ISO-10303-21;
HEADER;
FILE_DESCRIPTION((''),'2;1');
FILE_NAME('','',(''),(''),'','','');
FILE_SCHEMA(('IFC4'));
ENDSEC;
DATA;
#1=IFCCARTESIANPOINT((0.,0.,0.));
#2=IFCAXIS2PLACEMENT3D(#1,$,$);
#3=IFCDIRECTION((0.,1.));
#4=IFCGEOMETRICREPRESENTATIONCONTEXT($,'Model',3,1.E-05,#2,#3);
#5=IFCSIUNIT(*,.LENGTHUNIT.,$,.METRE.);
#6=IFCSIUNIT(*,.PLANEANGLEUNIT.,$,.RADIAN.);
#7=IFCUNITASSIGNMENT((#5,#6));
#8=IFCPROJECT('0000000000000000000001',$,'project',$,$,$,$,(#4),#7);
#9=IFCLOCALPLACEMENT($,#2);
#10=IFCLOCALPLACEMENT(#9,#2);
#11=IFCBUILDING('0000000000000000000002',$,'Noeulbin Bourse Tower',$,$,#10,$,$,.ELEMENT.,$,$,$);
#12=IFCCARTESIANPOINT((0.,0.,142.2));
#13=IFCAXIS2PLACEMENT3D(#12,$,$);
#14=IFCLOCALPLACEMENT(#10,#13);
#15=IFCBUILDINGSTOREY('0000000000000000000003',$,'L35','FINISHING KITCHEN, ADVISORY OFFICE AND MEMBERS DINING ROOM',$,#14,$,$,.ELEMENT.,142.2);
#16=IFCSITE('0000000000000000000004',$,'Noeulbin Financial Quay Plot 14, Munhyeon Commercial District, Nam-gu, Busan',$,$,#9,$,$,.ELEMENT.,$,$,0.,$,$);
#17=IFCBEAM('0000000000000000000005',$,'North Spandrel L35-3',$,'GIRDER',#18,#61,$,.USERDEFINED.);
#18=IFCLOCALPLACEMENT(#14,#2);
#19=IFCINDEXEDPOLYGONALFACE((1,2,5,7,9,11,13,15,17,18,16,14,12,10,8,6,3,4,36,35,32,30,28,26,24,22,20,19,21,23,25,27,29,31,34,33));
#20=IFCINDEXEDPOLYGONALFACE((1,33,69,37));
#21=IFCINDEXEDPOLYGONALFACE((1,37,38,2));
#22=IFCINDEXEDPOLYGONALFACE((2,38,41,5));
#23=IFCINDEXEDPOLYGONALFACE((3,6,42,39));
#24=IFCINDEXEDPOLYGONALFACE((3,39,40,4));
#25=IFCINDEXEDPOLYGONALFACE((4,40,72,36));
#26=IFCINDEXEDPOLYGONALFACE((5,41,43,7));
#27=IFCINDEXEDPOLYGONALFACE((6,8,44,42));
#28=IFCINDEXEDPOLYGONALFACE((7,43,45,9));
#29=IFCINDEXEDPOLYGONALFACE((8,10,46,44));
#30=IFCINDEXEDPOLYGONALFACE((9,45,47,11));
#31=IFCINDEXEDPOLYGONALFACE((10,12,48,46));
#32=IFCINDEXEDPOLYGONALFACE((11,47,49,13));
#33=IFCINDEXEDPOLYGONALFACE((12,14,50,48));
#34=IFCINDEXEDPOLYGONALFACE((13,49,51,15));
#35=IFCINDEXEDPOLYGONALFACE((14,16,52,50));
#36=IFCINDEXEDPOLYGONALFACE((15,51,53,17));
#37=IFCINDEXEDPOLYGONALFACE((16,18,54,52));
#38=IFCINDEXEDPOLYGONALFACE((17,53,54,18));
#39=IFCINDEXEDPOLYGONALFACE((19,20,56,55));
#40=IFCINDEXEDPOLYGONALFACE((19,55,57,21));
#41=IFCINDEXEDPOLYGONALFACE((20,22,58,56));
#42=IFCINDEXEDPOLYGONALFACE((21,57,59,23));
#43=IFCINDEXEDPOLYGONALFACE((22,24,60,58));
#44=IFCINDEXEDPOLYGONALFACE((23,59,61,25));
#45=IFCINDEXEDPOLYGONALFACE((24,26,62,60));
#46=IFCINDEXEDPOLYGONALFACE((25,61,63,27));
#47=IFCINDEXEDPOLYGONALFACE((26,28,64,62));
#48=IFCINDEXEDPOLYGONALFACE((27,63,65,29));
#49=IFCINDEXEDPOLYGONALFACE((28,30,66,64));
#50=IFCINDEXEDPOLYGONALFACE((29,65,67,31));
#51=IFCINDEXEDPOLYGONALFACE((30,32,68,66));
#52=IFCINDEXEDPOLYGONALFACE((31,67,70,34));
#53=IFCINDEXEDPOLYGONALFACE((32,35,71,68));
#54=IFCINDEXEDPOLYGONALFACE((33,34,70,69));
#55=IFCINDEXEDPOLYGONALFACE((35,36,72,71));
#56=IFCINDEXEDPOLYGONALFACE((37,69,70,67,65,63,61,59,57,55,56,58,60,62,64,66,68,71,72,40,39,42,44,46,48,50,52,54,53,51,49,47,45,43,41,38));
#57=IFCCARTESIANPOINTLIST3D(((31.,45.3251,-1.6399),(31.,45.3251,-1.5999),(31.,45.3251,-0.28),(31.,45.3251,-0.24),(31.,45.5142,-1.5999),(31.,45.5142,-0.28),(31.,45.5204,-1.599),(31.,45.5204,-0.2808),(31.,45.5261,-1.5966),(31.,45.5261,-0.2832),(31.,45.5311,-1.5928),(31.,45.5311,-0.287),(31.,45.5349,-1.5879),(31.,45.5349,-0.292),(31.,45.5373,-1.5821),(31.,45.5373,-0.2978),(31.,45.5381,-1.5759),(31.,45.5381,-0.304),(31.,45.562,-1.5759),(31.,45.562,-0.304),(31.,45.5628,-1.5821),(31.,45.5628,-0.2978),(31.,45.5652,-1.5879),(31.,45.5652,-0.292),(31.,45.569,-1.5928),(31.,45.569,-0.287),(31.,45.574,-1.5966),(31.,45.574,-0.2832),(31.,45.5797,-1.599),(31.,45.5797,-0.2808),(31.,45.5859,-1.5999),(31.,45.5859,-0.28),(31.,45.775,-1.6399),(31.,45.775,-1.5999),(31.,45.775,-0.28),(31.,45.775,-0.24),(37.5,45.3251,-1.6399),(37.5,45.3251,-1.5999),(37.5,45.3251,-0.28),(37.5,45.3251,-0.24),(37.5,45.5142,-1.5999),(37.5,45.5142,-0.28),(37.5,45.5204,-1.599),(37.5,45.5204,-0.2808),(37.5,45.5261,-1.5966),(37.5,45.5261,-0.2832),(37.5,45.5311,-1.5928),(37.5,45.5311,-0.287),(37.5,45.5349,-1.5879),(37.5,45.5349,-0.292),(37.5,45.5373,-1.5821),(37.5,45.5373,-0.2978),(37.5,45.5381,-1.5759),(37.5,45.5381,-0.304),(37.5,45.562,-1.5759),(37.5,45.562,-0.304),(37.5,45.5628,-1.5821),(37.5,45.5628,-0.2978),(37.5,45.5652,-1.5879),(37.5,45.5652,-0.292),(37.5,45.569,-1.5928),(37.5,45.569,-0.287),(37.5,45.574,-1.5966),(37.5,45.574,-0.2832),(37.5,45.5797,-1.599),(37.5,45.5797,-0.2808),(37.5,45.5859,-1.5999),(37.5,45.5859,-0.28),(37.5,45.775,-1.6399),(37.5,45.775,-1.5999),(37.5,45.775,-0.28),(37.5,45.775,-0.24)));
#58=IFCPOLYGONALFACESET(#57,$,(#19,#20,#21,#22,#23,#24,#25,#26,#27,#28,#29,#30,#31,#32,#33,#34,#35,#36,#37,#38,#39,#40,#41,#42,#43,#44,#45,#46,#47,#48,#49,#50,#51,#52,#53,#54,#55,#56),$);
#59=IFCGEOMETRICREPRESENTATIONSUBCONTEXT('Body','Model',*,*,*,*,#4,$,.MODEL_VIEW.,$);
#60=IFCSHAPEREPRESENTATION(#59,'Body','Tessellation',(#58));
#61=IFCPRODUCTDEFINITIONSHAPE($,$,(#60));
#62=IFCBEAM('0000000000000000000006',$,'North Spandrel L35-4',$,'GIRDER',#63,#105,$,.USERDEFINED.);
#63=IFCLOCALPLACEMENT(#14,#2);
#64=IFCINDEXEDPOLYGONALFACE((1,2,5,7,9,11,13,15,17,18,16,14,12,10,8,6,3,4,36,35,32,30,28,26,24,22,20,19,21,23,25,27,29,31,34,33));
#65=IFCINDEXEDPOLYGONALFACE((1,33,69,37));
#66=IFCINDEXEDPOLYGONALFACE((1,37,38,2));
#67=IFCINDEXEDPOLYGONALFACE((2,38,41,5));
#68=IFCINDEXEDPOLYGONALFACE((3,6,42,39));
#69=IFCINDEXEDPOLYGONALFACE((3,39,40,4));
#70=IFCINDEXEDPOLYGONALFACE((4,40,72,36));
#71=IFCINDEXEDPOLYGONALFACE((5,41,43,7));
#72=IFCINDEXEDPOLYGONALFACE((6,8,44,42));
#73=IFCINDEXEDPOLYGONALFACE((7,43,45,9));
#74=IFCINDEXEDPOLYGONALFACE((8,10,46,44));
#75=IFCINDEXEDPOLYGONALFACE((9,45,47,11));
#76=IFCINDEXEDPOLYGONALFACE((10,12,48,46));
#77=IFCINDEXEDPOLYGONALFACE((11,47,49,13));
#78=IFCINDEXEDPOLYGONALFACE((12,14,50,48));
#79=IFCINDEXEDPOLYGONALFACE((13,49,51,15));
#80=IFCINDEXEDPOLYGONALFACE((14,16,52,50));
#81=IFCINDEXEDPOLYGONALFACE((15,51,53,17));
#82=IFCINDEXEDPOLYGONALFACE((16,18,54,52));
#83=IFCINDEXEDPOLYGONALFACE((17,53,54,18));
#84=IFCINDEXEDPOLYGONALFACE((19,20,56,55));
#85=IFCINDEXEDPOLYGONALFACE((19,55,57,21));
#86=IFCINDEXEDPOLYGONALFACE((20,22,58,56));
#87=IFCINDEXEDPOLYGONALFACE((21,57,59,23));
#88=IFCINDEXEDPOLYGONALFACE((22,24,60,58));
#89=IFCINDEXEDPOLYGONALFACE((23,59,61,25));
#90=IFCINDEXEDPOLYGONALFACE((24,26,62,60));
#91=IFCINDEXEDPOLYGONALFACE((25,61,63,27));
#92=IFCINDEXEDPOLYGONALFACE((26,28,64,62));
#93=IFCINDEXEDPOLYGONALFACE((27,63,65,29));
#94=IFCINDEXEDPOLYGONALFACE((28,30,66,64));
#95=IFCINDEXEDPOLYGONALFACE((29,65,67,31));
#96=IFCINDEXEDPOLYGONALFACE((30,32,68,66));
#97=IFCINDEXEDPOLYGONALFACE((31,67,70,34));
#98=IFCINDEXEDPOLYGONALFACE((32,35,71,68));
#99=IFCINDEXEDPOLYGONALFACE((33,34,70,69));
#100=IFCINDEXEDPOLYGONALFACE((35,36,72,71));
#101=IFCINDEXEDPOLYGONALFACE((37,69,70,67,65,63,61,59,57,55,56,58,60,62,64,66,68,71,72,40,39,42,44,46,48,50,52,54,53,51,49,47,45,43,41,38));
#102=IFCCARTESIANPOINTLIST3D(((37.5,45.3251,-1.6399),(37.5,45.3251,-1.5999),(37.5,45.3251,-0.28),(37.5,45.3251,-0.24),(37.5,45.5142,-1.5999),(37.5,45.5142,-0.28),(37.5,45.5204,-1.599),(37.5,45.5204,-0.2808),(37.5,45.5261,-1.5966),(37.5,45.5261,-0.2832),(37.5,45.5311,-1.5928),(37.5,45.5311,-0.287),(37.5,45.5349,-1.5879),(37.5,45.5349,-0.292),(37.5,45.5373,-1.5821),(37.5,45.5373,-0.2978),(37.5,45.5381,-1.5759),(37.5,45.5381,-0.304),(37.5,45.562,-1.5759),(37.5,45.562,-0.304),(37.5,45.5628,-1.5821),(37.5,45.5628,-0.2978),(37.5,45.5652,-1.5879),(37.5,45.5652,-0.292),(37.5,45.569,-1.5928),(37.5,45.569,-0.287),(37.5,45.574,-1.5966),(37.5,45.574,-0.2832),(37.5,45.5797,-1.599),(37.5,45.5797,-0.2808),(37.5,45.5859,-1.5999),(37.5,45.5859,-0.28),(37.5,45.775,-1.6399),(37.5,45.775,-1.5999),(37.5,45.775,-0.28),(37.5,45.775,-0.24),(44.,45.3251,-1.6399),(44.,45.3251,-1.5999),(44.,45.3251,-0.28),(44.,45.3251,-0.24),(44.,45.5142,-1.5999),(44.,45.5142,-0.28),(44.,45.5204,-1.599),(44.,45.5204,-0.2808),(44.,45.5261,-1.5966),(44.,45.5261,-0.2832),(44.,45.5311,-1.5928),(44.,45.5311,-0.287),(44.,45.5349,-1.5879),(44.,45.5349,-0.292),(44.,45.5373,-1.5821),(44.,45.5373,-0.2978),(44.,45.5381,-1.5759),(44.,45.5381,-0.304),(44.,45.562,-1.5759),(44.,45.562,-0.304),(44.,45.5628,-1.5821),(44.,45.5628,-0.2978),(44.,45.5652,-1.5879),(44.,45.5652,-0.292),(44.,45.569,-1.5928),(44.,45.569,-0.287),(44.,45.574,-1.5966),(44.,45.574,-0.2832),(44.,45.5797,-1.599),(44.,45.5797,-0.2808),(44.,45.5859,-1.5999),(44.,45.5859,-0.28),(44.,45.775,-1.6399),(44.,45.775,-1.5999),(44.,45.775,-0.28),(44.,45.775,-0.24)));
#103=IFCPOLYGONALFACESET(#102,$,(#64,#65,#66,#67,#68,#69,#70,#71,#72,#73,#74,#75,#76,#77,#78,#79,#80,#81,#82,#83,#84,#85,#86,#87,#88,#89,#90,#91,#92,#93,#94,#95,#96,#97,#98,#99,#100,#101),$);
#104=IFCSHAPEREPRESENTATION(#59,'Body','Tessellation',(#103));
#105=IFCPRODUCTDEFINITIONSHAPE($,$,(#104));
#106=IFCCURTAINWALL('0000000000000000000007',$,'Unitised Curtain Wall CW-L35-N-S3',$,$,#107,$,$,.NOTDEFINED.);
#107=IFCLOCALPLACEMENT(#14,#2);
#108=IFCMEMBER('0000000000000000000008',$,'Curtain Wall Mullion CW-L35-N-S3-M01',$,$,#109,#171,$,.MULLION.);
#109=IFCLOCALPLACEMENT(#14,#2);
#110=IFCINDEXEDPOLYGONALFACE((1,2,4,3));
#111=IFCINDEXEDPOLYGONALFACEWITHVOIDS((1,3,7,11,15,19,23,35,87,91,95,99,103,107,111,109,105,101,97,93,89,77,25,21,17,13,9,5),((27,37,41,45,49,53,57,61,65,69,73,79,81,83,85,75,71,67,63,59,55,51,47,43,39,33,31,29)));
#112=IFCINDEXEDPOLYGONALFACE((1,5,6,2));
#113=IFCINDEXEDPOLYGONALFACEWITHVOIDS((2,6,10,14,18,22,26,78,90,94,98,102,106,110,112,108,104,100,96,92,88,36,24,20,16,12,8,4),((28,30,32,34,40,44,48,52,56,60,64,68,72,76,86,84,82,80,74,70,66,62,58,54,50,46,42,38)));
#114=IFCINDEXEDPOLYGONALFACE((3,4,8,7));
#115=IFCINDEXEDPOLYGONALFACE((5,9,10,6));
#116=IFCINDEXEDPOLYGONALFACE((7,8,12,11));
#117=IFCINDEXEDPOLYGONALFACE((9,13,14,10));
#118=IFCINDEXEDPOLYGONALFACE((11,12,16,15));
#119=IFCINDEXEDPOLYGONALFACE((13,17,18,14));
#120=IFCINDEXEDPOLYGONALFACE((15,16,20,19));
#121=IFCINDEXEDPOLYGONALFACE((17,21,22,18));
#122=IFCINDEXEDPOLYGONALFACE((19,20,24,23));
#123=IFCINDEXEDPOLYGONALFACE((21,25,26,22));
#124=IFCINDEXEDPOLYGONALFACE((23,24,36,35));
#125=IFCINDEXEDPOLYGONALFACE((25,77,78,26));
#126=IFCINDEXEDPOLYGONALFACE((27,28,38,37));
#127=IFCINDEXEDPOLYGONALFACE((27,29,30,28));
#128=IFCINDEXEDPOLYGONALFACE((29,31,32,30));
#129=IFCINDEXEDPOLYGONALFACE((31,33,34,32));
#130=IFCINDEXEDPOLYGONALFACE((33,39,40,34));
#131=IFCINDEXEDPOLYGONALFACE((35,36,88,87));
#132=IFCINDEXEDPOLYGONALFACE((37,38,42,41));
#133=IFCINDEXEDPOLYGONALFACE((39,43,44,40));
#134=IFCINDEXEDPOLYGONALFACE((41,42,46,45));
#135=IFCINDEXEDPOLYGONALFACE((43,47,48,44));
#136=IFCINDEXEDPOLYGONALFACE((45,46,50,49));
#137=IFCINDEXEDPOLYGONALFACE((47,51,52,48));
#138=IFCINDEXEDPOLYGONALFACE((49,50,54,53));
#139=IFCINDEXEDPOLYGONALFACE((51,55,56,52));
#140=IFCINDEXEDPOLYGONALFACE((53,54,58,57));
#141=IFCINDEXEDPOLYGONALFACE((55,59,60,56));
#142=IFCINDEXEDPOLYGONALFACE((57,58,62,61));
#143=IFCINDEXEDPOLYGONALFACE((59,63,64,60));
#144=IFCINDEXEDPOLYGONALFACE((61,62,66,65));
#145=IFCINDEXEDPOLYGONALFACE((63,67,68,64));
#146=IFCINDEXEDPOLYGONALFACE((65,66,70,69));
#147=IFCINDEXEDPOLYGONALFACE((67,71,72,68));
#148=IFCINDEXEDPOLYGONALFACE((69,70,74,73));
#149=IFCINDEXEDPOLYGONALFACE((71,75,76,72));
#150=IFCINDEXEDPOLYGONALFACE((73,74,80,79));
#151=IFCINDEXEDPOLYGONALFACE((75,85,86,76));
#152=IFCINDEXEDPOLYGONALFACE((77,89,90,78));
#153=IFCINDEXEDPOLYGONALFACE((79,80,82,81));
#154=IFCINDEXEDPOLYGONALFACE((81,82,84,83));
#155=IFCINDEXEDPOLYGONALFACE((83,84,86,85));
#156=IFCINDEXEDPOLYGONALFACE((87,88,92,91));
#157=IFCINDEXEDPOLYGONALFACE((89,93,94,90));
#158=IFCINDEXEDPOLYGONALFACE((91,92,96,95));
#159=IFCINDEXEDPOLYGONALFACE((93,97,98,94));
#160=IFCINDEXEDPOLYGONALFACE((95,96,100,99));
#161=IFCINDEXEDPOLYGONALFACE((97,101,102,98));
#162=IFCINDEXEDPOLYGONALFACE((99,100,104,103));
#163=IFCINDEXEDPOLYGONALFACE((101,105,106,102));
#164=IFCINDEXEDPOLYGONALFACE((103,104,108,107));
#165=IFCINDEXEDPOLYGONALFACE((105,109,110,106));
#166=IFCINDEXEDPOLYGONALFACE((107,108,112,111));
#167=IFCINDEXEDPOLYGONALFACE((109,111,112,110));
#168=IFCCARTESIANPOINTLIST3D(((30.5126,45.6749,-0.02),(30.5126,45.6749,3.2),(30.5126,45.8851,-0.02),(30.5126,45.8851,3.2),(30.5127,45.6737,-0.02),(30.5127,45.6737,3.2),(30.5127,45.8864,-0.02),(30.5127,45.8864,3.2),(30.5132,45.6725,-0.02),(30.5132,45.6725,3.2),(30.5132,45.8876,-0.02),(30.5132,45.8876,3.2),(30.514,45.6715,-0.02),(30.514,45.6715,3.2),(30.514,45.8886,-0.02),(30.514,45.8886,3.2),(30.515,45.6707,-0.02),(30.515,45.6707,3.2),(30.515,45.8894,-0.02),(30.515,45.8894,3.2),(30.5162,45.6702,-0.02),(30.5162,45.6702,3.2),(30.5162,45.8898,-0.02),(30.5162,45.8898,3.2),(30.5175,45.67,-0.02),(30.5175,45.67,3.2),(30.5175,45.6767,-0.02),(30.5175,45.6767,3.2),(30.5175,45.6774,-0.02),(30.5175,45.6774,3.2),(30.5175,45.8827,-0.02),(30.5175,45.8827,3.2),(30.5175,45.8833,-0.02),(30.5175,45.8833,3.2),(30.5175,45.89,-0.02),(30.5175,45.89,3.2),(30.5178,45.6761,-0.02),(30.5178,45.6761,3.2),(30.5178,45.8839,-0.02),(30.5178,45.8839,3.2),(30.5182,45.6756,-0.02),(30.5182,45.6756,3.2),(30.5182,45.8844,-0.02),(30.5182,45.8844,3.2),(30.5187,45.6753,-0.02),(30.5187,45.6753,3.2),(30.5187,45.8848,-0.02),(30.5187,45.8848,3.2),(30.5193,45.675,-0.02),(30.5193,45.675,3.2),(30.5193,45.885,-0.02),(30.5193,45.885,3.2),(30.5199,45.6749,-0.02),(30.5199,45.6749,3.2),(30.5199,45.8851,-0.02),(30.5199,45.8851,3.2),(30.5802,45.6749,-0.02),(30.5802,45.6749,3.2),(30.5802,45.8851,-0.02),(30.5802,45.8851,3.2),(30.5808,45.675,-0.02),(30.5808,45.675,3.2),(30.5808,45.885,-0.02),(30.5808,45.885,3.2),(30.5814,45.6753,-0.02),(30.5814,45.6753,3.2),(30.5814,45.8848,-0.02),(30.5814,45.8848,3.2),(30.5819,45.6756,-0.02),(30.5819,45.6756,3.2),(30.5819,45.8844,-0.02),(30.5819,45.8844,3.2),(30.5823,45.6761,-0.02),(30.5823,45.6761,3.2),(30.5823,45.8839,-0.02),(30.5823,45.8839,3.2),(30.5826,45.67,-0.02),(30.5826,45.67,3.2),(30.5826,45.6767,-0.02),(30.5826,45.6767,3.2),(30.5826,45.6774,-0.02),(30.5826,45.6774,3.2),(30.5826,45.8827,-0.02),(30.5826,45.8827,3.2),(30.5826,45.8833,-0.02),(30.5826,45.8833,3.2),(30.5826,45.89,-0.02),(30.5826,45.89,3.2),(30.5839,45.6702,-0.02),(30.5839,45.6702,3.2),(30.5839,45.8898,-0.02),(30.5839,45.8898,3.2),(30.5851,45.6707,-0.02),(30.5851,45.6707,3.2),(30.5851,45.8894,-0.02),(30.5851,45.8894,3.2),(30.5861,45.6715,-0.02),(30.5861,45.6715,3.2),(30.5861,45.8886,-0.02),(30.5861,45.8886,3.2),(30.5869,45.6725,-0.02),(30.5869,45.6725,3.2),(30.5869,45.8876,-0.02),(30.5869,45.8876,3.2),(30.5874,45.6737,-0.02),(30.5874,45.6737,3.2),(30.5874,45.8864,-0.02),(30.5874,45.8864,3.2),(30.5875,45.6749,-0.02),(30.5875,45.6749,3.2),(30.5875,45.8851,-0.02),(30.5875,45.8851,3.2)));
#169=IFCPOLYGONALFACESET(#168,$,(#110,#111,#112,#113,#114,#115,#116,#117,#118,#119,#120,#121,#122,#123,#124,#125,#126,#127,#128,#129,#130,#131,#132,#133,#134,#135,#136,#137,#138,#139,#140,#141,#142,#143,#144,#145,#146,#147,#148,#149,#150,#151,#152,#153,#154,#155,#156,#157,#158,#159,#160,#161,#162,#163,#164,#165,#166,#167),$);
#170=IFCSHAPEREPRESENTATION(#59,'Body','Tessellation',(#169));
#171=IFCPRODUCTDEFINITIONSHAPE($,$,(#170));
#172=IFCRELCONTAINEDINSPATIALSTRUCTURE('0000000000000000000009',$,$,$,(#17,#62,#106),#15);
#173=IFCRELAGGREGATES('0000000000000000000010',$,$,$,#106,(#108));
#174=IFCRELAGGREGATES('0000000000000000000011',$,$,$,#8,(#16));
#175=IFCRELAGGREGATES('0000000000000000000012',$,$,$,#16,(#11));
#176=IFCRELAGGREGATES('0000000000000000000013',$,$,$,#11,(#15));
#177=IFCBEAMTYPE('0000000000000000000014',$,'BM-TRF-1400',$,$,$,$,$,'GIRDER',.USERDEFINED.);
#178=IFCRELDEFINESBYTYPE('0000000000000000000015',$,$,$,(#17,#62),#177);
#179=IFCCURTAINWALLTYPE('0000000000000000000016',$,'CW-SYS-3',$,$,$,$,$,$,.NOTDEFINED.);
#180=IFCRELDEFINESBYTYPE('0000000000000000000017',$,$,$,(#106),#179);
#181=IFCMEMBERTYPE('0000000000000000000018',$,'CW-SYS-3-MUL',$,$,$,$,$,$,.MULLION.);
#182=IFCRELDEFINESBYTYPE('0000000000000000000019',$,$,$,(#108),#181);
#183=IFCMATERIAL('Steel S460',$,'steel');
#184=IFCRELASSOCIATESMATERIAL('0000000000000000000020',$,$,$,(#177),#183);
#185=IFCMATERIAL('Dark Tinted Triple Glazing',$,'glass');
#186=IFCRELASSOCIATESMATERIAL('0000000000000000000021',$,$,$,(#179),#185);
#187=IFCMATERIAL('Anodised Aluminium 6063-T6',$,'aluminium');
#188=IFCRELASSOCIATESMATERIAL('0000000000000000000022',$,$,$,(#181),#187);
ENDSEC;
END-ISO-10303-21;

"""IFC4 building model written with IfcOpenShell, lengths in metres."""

from ifc_helpers import new_model, si_unit, direction, frame, origin, origin_2d, place, context, subcontext, project, spatial, hollow_rectangle, i_section, extrude, material, material_profile, profile_set, type_object, element, aggregate, save


model = new_model("IFC4")

# Units and contexts
model_context = context("Model", 3, precision=1e-05, world=origin(), true_north=direction((0.0, 1.0)))
body_context = subcontext(model_context, "Body", "Model", "MODEL_VIEW")
ifc_project = project(units=[si_unit("LENGTHUNIT", "METRE"), si_unit("PLANEANGLEUNIT", "RADIAN")], contexts=[model_context])

# Site, building, storey
site_placement = place(None, origin())
site = spatial("IfcSite", under=ifc_project, at=site_placement, Name="Noeulbin Financial Quay Plot 14, Munhyeon Commercial District, Nam-gu, Busan", CompositionType="ELEMENT", RefElevation=0.0)
building_placement = place(site_placement, origin())
building = spatial("IfcBuilding", under=site, at=building_placement, Name="Noeulbin Bourse Tower", CompositionType="ELEMENT")
storey_placement = place(building_placement, frame((0.0, 0.0, 142.2)))
storey = spatial("IfcBuildingStorey", under=building, at=storey_placement, Name="L35", Description="FINISHING KITCHEN, ADVISORY OFFICE AND MEMBERS DINING ROOM", CompositionType="ELEMENT", Elevation=142.2)

# Beams
ifc_material_1 = material(Name="Steel S460", Category="steel")
ifc_material_profile_1 = material_profile(ifc_material_1, i_section(OverallWidth=0.45, OverallDepth=1.3999, WebThickness=0.0239, FlangeThickness=0.04, FilletRadius=0.0239, at=origin_2d()), Name="PG-1400x450x24x40", Category="LoadBearing")
ifc_profile_set_1 = profile_set([ifc_material_profile_1], Name="Steel S460")
beam_type_1 = type_object("IfcBeamType", Name="BM-TRF-1400", ElementType="GIRDER", PredefinedType="USERDEFINED", material=ifc_profile_set_1)
for number, where, z_axis, x_axis, name in (
    (1, (31.0, 45.55, -0.9399), (1.0, 0.0, 0.0), (0.0, 1.0, 0.0), "North Spandrel L35-3"),
    (2, (37.5, 45.55, -0.9399), (1.0, 0.0, 0.0), (0.0, 1.0, 0.0), "North Spandrel L35-4"),
):
    element("IfcBeam", number, at=place(storey_placement, frame(where, z_axis=z_axis, x_axis=x_axis)), inside=storey, type_object=beam_type_1, Name=name, ObjectType="GIRDER", PredefinedType="USERDEFINED", context=body_context, shape_type="SweptSolid", body=[
        extrude(i_section(OverallWidth=0.45, OverallDepth=1.3999, WebThickness=0.0239, FlangeThickness=0.04, FilletRadius=0.0239, at=origin_2d()), origin(), (0.0, 0.0, 1.0), 6.5),
    ])

# Curtain wall, member
ifc_material_2 = material(Name="Dark Tinted Triple Glazing", Category="glass")
curtain_wall_type = type_object("IfcCurtainWallType", Name="CW-SYS-3", PredefinedType="NOTDEFINED", material=ifc_material_2)
curtain_wall_1_placement = place(storey_placement, origin())
curtain_wall_1 = element("IfcCurtainWall", 3, at=curtain_wall_1_placement, inside=storey, type_object=curtain_wall_type, Name="Unitised Curtain Wall CW-L35-N-S3", PredefinedType="NOTDEFINED")
ifc_material_3 = material(Name="Anodised Aluminium 6063-T6", Category="aluminium")
ifc_material_profile_2 = material_profile(ifc_material_3, hollow_rectangle(XDim=0.075, YDim=0.22, WallThickness=0.0049, InnerFilletRadius=0.0024, OuterFilletRadius=0.0049, at=origin_2d()), Name="ALU-MULL-75x220x5", Category="LoadBearing")
ifc_profile_set_2 = profile_set([ifc_material_profile_2], Name="Anodised Aluminium 6063-T6")
member_type_1 = type_object("IfcMemberType", Name="CW-SYS-3-MUL", PredefinedType="MULLION", material=ifc_profile_set_2)
member_1_placement = place(storey_placement, frame((30.55, 45.78, -0.02), z_axis=(0.0, 0.0, 1.0), x_axis=(1.0, 0.0, 0.0)))
member_1 = element("IfcMember", 4, at=member_1_placement, type_object=member_type_1, Name="Curtain Wall Mullion CW-L35-N-S3-M01", PredefinedType="MULLION", context=body_context, shape_type="SweptSolid", body=[
    extrude(hollow_rectangle(XDim=0.075, YDim=0.22, WallThickness=0.0049, InnerFilletRadius=0.0024, OuterFilletRadius=0.0049, at=origin_2d()), origin(), (0.0, 0.0, 1.0), 3.22),
])
aggregate(curtain_wall_1, [member_1])

save(model, "model.ifc")
